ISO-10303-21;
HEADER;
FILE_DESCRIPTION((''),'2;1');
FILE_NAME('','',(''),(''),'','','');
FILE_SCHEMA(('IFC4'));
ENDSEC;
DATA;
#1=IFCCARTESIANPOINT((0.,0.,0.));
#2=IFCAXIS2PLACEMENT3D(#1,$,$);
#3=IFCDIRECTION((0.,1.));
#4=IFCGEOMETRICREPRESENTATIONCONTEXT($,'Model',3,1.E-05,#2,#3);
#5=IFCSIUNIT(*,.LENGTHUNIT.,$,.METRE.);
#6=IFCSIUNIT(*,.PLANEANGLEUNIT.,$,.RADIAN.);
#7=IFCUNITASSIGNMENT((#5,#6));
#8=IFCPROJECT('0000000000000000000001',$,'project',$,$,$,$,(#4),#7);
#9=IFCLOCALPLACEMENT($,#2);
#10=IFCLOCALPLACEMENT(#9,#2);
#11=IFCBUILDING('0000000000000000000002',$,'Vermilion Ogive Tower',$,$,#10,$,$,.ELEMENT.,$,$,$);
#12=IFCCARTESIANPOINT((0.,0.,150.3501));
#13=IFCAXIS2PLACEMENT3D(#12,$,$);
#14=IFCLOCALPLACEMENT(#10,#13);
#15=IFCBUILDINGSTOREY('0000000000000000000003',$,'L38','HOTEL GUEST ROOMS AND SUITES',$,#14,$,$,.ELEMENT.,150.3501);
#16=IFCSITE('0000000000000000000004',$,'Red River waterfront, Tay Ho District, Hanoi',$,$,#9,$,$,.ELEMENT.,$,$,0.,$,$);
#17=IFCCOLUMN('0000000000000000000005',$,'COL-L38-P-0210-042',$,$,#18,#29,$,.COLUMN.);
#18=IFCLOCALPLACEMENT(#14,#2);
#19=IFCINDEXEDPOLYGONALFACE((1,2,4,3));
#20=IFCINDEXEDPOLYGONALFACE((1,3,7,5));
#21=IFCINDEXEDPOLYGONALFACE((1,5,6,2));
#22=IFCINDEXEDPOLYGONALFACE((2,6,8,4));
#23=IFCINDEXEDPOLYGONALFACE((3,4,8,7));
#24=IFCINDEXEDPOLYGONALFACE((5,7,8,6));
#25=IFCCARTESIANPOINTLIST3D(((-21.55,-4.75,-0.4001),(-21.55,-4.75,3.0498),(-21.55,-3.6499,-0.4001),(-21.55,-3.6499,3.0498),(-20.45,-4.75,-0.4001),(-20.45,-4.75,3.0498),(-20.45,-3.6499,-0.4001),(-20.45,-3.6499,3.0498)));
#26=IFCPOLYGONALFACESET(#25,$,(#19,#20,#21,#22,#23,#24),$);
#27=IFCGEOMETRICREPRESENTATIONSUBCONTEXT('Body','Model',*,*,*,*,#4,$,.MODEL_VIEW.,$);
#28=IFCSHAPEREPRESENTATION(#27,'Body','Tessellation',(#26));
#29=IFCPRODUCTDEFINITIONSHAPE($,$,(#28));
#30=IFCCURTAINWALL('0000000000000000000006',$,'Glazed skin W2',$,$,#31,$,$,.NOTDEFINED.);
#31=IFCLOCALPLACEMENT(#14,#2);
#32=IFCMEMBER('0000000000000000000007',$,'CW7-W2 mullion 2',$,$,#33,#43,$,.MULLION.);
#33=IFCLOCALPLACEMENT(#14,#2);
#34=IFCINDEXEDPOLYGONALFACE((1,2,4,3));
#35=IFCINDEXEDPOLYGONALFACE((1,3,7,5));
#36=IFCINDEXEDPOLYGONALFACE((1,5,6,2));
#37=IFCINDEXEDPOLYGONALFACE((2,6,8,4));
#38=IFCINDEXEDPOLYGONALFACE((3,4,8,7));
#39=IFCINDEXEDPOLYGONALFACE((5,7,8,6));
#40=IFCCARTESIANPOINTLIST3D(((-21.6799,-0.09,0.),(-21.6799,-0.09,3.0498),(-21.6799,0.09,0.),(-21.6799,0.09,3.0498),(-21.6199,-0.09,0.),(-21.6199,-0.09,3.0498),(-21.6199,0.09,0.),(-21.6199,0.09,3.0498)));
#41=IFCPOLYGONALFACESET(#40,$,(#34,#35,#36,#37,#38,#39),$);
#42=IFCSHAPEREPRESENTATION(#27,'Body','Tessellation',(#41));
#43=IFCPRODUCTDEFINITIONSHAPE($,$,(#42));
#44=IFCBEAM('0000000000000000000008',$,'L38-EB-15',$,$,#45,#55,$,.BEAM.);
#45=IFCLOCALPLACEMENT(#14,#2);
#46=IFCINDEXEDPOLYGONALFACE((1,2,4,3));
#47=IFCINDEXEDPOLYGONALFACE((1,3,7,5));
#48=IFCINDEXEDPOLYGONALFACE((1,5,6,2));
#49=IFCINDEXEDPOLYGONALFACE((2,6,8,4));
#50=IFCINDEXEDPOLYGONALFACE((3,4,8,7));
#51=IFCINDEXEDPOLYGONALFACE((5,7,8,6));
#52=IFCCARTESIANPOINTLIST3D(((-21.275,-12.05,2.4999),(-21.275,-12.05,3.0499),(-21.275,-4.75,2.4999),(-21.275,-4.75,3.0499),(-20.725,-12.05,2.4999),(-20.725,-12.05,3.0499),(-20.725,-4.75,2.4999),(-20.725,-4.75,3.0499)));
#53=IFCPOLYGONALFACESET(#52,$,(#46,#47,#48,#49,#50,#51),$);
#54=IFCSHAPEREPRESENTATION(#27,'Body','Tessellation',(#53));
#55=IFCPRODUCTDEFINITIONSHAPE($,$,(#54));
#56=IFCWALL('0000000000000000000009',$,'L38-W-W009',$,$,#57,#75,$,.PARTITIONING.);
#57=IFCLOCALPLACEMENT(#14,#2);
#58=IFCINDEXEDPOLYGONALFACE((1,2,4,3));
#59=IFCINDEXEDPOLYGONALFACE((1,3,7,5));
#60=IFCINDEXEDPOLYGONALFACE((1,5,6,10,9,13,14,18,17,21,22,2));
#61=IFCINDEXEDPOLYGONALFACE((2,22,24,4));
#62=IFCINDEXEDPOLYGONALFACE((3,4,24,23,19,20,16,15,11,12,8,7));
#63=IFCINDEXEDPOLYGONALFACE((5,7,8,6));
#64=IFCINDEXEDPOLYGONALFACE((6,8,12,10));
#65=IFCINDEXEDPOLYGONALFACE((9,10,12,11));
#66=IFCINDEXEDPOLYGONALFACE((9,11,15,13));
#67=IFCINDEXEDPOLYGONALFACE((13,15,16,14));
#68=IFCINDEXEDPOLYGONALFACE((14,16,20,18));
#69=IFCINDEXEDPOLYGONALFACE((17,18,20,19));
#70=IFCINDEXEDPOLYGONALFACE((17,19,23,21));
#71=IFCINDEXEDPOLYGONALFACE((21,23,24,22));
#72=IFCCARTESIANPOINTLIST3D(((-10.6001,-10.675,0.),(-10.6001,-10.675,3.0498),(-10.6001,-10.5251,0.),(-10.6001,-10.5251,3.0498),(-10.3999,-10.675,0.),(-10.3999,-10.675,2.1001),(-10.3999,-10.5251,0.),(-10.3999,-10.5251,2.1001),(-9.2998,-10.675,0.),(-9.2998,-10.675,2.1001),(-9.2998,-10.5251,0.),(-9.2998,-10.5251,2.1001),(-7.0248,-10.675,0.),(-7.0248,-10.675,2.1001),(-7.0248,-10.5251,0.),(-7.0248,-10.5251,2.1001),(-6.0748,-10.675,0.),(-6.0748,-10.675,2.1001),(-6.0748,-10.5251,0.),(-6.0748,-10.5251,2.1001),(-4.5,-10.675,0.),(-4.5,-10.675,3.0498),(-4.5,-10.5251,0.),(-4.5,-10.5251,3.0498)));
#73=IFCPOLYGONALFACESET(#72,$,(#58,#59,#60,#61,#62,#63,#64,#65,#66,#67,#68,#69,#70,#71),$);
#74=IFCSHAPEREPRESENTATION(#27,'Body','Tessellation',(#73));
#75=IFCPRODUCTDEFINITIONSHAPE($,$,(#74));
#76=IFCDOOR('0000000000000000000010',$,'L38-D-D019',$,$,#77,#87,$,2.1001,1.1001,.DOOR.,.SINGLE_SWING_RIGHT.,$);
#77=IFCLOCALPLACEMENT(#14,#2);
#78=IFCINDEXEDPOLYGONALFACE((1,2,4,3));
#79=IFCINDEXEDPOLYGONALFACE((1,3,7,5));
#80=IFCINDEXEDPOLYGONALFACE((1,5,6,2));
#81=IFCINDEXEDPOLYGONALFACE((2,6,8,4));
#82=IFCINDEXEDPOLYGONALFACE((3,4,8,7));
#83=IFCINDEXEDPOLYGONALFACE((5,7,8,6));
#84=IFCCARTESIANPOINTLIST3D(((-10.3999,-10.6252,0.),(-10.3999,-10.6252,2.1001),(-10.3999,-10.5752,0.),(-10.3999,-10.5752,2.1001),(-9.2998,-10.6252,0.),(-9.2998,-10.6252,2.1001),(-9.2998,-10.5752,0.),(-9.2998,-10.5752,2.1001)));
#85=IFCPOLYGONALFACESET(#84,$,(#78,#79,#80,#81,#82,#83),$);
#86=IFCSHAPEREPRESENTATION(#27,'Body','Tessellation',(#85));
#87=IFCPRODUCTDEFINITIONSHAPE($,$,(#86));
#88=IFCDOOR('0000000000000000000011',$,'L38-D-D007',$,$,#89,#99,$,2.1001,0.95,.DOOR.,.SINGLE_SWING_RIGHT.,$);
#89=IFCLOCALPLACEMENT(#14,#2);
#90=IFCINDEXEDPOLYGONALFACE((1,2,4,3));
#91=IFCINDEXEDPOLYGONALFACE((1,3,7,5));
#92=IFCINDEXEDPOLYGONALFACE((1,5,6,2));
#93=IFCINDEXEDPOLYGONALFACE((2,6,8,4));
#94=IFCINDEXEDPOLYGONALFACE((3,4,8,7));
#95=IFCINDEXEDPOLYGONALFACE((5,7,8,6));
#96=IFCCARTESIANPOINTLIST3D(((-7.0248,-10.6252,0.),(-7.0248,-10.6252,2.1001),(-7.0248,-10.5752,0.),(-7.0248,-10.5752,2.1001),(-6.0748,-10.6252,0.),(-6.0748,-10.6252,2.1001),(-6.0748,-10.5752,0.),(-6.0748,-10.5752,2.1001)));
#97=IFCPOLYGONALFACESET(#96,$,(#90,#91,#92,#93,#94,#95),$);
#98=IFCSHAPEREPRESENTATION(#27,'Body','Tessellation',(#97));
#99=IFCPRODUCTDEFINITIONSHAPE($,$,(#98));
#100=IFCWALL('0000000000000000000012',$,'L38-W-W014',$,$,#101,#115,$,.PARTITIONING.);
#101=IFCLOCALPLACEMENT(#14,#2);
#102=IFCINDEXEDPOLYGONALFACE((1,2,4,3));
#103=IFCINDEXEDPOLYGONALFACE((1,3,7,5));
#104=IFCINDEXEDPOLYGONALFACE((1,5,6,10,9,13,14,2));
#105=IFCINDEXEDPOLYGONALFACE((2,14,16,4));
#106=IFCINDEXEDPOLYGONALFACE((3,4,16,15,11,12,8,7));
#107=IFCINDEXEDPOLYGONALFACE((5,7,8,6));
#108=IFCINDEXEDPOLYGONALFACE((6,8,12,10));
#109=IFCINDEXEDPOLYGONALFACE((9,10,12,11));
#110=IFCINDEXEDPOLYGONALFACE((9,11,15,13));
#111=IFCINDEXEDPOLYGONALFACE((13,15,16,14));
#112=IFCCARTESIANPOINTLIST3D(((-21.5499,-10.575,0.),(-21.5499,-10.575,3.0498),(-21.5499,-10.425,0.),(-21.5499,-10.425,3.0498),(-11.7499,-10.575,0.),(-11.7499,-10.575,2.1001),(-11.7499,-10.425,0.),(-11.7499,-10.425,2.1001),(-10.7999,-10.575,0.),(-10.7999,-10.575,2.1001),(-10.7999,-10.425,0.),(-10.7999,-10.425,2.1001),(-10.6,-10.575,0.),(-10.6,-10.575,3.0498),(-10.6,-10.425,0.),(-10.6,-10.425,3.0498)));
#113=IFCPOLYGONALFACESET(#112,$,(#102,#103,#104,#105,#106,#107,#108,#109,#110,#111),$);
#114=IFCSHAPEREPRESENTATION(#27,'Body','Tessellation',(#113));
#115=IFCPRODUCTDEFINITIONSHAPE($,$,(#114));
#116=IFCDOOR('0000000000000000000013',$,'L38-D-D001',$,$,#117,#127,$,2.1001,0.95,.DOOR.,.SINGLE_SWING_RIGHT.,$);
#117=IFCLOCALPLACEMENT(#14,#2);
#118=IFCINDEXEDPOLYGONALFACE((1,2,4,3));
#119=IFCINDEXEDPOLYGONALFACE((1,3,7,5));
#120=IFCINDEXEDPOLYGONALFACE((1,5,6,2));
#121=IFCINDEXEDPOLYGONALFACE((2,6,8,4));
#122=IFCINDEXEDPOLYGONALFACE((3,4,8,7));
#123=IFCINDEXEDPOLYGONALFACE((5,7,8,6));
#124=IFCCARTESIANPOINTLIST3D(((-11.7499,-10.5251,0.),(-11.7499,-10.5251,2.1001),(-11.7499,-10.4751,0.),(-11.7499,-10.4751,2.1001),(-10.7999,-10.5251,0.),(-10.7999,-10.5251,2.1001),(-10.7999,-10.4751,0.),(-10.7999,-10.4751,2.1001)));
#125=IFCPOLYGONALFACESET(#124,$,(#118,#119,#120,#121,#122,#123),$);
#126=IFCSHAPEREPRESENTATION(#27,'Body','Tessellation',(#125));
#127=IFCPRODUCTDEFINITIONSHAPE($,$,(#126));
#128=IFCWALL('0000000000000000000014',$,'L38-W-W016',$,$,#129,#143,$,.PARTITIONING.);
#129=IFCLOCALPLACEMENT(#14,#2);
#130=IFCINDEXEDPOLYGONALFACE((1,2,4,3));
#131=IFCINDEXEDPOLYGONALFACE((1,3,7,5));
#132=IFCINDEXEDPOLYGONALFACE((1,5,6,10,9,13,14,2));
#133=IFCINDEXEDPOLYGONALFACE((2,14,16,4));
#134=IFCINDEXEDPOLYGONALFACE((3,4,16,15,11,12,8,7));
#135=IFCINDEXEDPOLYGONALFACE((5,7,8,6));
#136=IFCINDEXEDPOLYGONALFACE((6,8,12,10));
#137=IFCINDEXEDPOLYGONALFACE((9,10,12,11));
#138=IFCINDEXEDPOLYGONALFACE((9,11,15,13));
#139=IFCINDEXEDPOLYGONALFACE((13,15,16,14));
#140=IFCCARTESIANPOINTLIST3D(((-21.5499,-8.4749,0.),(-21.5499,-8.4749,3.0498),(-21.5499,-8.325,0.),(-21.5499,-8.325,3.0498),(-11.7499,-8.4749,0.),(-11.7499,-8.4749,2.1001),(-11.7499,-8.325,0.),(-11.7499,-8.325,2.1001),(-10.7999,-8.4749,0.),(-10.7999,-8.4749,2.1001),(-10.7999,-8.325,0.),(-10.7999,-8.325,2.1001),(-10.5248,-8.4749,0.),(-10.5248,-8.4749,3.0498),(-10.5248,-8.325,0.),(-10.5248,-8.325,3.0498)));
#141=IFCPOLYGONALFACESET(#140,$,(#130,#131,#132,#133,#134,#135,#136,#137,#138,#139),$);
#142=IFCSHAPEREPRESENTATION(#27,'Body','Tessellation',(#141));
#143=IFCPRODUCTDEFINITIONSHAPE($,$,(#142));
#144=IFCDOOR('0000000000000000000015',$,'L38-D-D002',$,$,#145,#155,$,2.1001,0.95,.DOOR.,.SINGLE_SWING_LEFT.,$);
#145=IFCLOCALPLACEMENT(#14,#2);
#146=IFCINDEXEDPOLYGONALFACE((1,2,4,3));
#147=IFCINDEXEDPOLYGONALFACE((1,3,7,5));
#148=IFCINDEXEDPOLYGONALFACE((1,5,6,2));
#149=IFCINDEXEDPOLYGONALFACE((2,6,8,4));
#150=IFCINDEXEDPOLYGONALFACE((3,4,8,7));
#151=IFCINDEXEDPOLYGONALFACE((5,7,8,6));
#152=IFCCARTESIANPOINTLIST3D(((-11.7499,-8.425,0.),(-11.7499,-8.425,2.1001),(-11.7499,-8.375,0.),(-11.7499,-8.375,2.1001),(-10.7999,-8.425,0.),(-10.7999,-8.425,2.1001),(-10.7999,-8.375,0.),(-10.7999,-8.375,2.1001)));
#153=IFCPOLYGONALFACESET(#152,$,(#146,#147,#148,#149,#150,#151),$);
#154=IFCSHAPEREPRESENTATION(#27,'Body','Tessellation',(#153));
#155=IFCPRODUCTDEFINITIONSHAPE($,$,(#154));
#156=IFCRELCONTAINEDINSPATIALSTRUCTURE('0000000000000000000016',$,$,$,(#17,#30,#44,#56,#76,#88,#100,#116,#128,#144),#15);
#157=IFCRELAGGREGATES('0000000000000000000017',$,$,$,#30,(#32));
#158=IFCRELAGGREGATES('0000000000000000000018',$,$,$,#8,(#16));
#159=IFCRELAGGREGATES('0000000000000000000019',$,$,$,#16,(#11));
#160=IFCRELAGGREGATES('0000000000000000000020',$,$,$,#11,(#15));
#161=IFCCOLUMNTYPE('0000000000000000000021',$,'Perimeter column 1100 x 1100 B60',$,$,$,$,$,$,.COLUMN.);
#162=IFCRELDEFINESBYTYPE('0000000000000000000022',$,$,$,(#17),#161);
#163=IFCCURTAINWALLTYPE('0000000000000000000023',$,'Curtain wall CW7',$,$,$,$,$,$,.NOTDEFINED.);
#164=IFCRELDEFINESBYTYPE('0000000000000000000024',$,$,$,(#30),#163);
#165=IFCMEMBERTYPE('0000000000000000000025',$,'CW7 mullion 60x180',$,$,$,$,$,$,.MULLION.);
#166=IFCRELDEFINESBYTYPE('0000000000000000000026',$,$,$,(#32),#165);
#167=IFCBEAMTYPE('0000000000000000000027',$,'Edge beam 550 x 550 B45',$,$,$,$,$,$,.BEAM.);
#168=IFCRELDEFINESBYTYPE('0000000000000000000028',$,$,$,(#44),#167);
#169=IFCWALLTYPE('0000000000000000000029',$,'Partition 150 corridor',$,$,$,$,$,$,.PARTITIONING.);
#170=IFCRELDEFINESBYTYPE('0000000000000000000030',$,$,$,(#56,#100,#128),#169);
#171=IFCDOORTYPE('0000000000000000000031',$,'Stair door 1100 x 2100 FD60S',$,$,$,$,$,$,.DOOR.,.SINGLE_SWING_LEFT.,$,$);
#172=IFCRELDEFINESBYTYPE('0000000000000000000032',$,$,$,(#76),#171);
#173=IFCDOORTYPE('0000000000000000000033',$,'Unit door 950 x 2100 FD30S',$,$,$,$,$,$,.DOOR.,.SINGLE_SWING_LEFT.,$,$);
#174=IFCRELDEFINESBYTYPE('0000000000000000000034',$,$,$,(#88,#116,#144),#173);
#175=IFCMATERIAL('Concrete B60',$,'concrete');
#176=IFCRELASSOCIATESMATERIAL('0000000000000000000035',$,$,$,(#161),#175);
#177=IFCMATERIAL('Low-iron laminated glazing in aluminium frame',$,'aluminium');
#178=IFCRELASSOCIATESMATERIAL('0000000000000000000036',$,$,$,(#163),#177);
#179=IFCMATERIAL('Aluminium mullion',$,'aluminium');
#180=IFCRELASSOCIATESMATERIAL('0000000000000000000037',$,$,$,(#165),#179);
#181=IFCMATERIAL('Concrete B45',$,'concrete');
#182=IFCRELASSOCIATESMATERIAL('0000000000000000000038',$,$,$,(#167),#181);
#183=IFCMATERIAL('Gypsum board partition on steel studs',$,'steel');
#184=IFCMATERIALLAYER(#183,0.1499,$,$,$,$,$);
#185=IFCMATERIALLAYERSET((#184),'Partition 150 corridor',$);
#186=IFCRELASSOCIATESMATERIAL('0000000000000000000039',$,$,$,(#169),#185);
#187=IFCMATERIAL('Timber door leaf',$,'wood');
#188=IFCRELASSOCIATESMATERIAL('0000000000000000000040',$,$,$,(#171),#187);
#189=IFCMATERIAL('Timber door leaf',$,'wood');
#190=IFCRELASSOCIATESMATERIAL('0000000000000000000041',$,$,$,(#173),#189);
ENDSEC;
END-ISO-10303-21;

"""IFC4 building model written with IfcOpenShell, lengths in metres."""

from ifc_helpers import new_model, si_unit, direction, frame, frame_2d, origin, origin_2d, place, context, subcontext, project, spatial, rectangle, extrude, material, layer, layer_set, material_profile, profile_set, type_object, element, fill, aggregate, save


model = new_model("IFC4")

# Units and contexts
model_context = context("Model", 3, precision=1e-05, world=origin(), true_north=direction((0.0, 1.0)))
body_context = subcontext(model_context, "Body", "Model", "MODEL_VIEW")
ifc_project = project(units=[si_unit("LENGTHUNIT", "METRE"), si_unit("PLANEANGLEUNIT", "RADIAN")], contexts=[model_context])

# Site, building, storey
site_placement = place(None, origin())
site = spatial("IfcSite", under=ifc_project, at=site_placement, Name="Red River waterfront, Tay Ho District, Hanoi", CompositionType="ELEMENT", RefElevation=0.0)
building_placement = place(site_placement, origin())
building = spatial("IfcBuilding", under=site, at=building_placement, Name="Vermilion Ogive Tower", CompositionType="ELEMENT")
storey_placement = place(building_placement, frame((0.0, 0.0, 150.3501)))
storey = spatial("IfcBuildingStorey", under=building, at=storey_placement, Name="L38", Description="HOTEL GUEST ROOMS AND SUITES", CompositionType="ELEMENT", Elevation=150.3501)

# Column
ifc_material_1 = material(Name="Concrete B60", Category="concrete")
ifc_material_profile_1 = material_profile(ifc_material_1, rectangle(XDim=1.1001, YDim=1.1001, at=origin_2d()), Name="1100 x 1100")
ifc_profile_set_1 = profile_set([ifc_material_profile_1], Name="Concrete B60")
column_type = type_object("IfcColumnType", Name="Perimeter column 1100 x 1100 B60", PredefinedType="COLUMN", material=ifc_profile_set_1)
column_placement = place(storey_placement, frame((-21.0, -4.2, -0.4001), z_axis=(0.0, 0.0, 1.0), x_axis=(1.0, 0.0, 0.0)))
element("IfcColumn", 1, at=column_placement, inside=storey, type_object=column_type, Name="COL-L38-P-0210-042", PredefinedType="COLUMN", context=body_context, shape_type="SweptSolid", body=[
    extrude(rectangle(XDim=1.1001, YDim=1.1001, at=origin_2d()), origin(), (0.0, 0.0, 1.0), 3.45),
])

# Curtain wall, member
ifc_material_2 = material(Name="Low-iron laminated glazing in aluminium frame", Category="aluminium")
curtain_wall_type = type_object("IfcCurtainWallType", Name="Curtain wall CW7", PredefinedType="NOTDEFINED", material=ifc_material_2)
curtain_wall_placement = place(storey_placement, origin())
curtain_wall = element("IfcCurtainWall", 2, at=curtain_wall_placement, inside=storey, type_object=curtain_wall_type, Name="Glazed skin W2", PredefinedType="NOTDEFINED")
ifc_material_3 = material(Name="Aluminium mullion", Category="aluminium")
ifc_material_profile_2 = material_profile(ifc_material_3, rectangle(XDim=0.0601, YDim=0.1799, at=origin_2d()), Name="AL 60x180")
ifc_profile_set_2 = profile_set([ifc_material_profile_2], Name="Aluminium mullion")
member_type = type_object("IfcMemberType", Name="CW7 mullion 60x180", PredefinedType="MULLION", material=ifc_profile_set_2)
member_placement = place(storey_placement, frame((-21.6499, 0.0, 0.0), z_axis=(0.0, 0.0, 1.0), x_axis=(1.0, 0.0, 0.0)))
member = element("IfcMember", 3, at=member_placement, type_object=member_type, Name="CW7-W2 mullion 2", PredefinedType="MULLION", context=body_context, shape_type="SweptSolid", body=[
    extrude(rectangle(XDim=0.0601, YDim=0.1799, at=origin_2d()), origin(), (0.0, 0.0, 1.0), 3.0498),
])
aggregate(curtain_wall, [member])

# Beam
ifc_material_4 = material(Name="Concrete B45", Category="concrete")
ifc_material_profile_3 = material_profile(ifc_material_4, rectangle(XDim=0.55, YDim=0.55, at=origin_2d()), Name="550 x 550")
ifc_profile_set_3 = profile_set([ifc_material_profile_3], Name="Concrete B45")
beam_type = type_object("IfcBeamType", Name="Edge beam 550 x 550 B45", PredefinedType="BEAM", material=ifc_profile_set_3)
beam_placement = place(storey_placement, frame((-21.0, -4.75, 2.7749), z_axis=(0.0, -1.0, 0.0), x_axis=(1.0, 0.0, 0.0)))
element("IfcBeam", 4, at=beam_placement, inside=storey, type_object=beam_type, Name="L38-EB-15", PredefinedType="BEAM", context=body_context, shape_type="SweptSolid", body=[
    extrude(rectangle(XDim=0.55, YDim=0.55, at=origin_2d()), origin(), (0.0, 0.0, 1.0), 7.3),
])

# Wall, openings, doors
ifc_material_5 = material(Name="Gypsum board partition on steel studs", Category="steel")
ifc_layer_1 = layer(ifc_material_5, 0.1499)
ifc_layer_set_1 = layer_set([ifc_layer_1], Name="Partition 150 corridor")
wall_type_1 = type_object("IfcWallType", Name="Partition 150 corridor", PredefinedType="PARTITIONING", material=ifc_layer_set_1)
wall_1_placement = place(storey_placement, frame((-10.6001, -10.6001, 0.0), z_axis=(0.0, 0.0, 1.0), x_axis=(1.0, 0.0, 0.0)))
wall_1 = element("IfcWall", 5, at=wall_1_placement, inside=storey, type_object=wall_type_1, Name="L38-W-W009", PredefinedType="PARTITIONING", context=body_context, shape_type="SweptSolid", body=[
    extrude(rectangle(XDim=6.1001, YDim=0.1499, at=frame_2d((3.05, 0.0))), origin(), (0.0, 0.0, 1.0), 3.0498),
])
opening_1_placement = place(wall_1_placement, frame((3.5752, 0.0, 0.0)))
opening_1 = element("IfcOpeningElement", 6, at=opening_1_placement, cuts=wall_1, PredefinedType="OPENING", context=body_context, shape_type="SweptSolid", body=[
    extrude(rectangle(XDim=0.95, YDim=2.1001, at=frame_2d((0.4751, 1.05))), frame((0.0, 0.085, 0.0), z_axis=(0.0, -1.0, 0.0), x_axis=(1.0, 0.0, 0.0)), (0.0, 0.0, 1.0), 0.1699),
])
opening_2_placement = place(wall_1_placement, frame((0.2002, 0.0, 0.0)))
opening_2 = element("IfcOpeningElement", 7, at=opening_2_placement, cuts=wall_1, PredefinedType="OPENING", context=body_context, shape_type="SweptSolid", body=[
    extrude(rectangle(XDim=1.1001, YDim=2.1001, at=frame_2d((0.55, 1.05))), frame((0.0, 0.085, 0.0), z_axis=(0.0, -1.0, 0.0), x_axis=(1.0, 0.0, 0.0)), (0.0, 0.0, 1.0), 0.1699),
])
ifc_material_6 = material(Name="Timber door leaf", Category="wood")
door_type_1 = type_object("IfcDoorType", Name="Stair door 1100 x 2100 FD60S", OperationType="SINGLE_SWING_LEFT", PredefinedType="DOOR", material=ifc_material_6)
door_1_placement = place(opening_2_placement, origin())
door_1 = element("IfcDoor", 8, at=door_1_placement, inside=storey, type_object=door_type_1, Name="L38-D-D019", OperationType="SINGLE_SWING_RIGHT", OverallHeight=2.1001, OverallWidth=1.1001, PredefinedType="DOOR", context=body_context, shape_type="SweptSolid", body=[
    extrude(rectangle(XDim=1.1001, YDim=2.1001, at=frame_2d((0.55, 1.05))), frame((0.0, 0.0249, 0.0), z_axis=(0.0, -1.0, 0.0), x_axis=(1.0, 0.0, 0.0)), (0.0, 0.0, 1.0), 0.05),
])
fill(opening_2, door_1)
ifc_material_7 = material(Name="Timber door leaf", Category="wood")
door_type_2 = type_object("IfcDoorType", Name="Unit door 950 x 2100 FD30S", OperationType="SINGLE_SWING_LEFT", PredefinedType="DOOR", material=ifc_material_7)
door_2_placement = place(opening_1_placement, origin())
door_2 = element("IfcDoor", 9, at=door_2_placement, inside=storey, type_object=door_type_2, Name="L38-D-D007", OperationType="SINGLE_SWING_RIGHT", OverallHeight=2.1001, OverallWidth=0.95, PredefinedType="DOOR", context=body_context, shape_type="SweptSolid", body=[
    extrude(rectangle(XDim=0.95, YDim=2.1001, at=frame_2d((0.4751, 1.05))), frame((0.0, 0.0249, 0.0), z_axis=(0.0, -1.0, 0.0), x_axis=(1.0, 0.0, 0.0)), (0.0, 0.0, 1.0), 0.05),
])
fill(opening_1, door_2)

# Walls, openings, doors
wall_2_placement = place(storey_placement, frame((-21.55, -10.5, 0.0), z_axis=(0.0, 0.0, 1.0), x_axis=(1.0, 0.0, 0.0)))
wall_2 = element("IfcWall", 10, at=wall_2_placement, inside=storey, type_object=wall_type_1, Name="L38-W-W014", PredefinedType="PARTITIONING", context=body_context, shape_type="SweptSolid", body=[
    extrude(rectangle(XDim=10.95, YDim=0.1499, at=frame_2d((5.4751, 0.0))), origin(), (0.0, 0.0, 1.0), 3.0498),
])
opening_3_placement = place(wall_2_placement, frame((9.8, 0.0, 0.0)))
opening_3 = element("IfcOpeningElement", 11, at=opening_3_placement, cuts=wall_2, PredefinedType="OPENING", context=body_context, shape_type="SweptSolid", body=[
    extrude(rectangle(XDim=0.95, YDim=2.1001, at=frame_2d((0.4751, 1.05))), frame((0.0, 0.085, 0.0), z_axis=(0.0, -1.0, 0.0), x_axis=(1.0, 0.0, 0.0)), (0.0, 0.0, 1.0), 0.1699),
])
door_3_placement = place(opening_3_placement, origin())
door_3 = element("IfcDoor", 12, at=door_3_placement, inside=storey, type_object=door_type_2, Name="L38-D-D001", OperationType="SINGLE_SWING_RIGHT", OverallHeight=2.1001, OverallWidth=0.95, PredefinedType="DOOR", context=body_context, shape_type="SweptSolid", body=[
    extrude(rectangle(XDim=0.95, YDim=2.1001, at=frame_2d((0.4751, 1.05))), frame((0.0, 0.0249, 0.0), z_axis=(0.0, -1.0, 0.0), x_axis=(1.0, 0.0, 0.0)), (0.0, 0.0, 1.0), 0.05),
])
fill(opening_3, door_3)
wall_3_placement = place(storey_placement, frame((-21.55, -8.3999, 0.0), z_axis=(0.0, 0.0, 1.0), x_axis=(1.0, 0.0, 0.0)))
wall_3 = element("IfcWall", 13, at=wall_3_placement, inside=storey, type_object=wall_type_1, Name="L38-W-W016", PredefinedType="PARTITIONING", context=body_context, shape_type="SweptSolid", body=[
    extrude(rectangle(XDim=11.0251, YDim=0.1499, at=frame_2d((5.5127, 0.0))), origin(), (0.0, 0.0, 1.0), 3.0498),
])
opening_4_placement = place(wall_3_placement, frame((9.8, 0.0, 0.0)))
opening_4 = element("IfcOpeningElement", 14, at=opening_4_placement, cuts=wall_3, PredefinedType="OPENING", context=body_context, shape_type="SweptSolid", body=[
    extrude(rectangle(XDim=0.95, YDim=2.1001, at=frame_2d((0.4751, 1.05))), frame((0.0, 0.085, 0.0), z_axis=(0.0, -1.0, 0.0), x_axis=(1.0, 0.0, 0.0)), (0.0, 0.0, 1.0), 0.1699),
])
door_4_placement = place(opening_4_placement, origin())
door_4 = element("IfcDoor", 15, at=door_4_placement, inside=storey, type_object=door_type_2, Name="L38-D-D002", OperationType="SINGLE_SWING_LEFT", OverallHeight=2.1001, OverallWidth=0.95, PredefinedType="DOOR", context=body_context, shape_type="SweptSolid", body=[
    extrude(rectangle(XDim=0.95, YDim=2.1001, at=frame_2d((0.4751, 1.05))), frame((0.0, 0.0249, 0.0), z_axis=(0.0, -1.0, 0.0), x_axis=(1.0, 0.0, 0.0)), (0.0, 0.0, 1.0), 0.05),
])
fill(opening_4, door_4)

save(model, "model.ifc")
